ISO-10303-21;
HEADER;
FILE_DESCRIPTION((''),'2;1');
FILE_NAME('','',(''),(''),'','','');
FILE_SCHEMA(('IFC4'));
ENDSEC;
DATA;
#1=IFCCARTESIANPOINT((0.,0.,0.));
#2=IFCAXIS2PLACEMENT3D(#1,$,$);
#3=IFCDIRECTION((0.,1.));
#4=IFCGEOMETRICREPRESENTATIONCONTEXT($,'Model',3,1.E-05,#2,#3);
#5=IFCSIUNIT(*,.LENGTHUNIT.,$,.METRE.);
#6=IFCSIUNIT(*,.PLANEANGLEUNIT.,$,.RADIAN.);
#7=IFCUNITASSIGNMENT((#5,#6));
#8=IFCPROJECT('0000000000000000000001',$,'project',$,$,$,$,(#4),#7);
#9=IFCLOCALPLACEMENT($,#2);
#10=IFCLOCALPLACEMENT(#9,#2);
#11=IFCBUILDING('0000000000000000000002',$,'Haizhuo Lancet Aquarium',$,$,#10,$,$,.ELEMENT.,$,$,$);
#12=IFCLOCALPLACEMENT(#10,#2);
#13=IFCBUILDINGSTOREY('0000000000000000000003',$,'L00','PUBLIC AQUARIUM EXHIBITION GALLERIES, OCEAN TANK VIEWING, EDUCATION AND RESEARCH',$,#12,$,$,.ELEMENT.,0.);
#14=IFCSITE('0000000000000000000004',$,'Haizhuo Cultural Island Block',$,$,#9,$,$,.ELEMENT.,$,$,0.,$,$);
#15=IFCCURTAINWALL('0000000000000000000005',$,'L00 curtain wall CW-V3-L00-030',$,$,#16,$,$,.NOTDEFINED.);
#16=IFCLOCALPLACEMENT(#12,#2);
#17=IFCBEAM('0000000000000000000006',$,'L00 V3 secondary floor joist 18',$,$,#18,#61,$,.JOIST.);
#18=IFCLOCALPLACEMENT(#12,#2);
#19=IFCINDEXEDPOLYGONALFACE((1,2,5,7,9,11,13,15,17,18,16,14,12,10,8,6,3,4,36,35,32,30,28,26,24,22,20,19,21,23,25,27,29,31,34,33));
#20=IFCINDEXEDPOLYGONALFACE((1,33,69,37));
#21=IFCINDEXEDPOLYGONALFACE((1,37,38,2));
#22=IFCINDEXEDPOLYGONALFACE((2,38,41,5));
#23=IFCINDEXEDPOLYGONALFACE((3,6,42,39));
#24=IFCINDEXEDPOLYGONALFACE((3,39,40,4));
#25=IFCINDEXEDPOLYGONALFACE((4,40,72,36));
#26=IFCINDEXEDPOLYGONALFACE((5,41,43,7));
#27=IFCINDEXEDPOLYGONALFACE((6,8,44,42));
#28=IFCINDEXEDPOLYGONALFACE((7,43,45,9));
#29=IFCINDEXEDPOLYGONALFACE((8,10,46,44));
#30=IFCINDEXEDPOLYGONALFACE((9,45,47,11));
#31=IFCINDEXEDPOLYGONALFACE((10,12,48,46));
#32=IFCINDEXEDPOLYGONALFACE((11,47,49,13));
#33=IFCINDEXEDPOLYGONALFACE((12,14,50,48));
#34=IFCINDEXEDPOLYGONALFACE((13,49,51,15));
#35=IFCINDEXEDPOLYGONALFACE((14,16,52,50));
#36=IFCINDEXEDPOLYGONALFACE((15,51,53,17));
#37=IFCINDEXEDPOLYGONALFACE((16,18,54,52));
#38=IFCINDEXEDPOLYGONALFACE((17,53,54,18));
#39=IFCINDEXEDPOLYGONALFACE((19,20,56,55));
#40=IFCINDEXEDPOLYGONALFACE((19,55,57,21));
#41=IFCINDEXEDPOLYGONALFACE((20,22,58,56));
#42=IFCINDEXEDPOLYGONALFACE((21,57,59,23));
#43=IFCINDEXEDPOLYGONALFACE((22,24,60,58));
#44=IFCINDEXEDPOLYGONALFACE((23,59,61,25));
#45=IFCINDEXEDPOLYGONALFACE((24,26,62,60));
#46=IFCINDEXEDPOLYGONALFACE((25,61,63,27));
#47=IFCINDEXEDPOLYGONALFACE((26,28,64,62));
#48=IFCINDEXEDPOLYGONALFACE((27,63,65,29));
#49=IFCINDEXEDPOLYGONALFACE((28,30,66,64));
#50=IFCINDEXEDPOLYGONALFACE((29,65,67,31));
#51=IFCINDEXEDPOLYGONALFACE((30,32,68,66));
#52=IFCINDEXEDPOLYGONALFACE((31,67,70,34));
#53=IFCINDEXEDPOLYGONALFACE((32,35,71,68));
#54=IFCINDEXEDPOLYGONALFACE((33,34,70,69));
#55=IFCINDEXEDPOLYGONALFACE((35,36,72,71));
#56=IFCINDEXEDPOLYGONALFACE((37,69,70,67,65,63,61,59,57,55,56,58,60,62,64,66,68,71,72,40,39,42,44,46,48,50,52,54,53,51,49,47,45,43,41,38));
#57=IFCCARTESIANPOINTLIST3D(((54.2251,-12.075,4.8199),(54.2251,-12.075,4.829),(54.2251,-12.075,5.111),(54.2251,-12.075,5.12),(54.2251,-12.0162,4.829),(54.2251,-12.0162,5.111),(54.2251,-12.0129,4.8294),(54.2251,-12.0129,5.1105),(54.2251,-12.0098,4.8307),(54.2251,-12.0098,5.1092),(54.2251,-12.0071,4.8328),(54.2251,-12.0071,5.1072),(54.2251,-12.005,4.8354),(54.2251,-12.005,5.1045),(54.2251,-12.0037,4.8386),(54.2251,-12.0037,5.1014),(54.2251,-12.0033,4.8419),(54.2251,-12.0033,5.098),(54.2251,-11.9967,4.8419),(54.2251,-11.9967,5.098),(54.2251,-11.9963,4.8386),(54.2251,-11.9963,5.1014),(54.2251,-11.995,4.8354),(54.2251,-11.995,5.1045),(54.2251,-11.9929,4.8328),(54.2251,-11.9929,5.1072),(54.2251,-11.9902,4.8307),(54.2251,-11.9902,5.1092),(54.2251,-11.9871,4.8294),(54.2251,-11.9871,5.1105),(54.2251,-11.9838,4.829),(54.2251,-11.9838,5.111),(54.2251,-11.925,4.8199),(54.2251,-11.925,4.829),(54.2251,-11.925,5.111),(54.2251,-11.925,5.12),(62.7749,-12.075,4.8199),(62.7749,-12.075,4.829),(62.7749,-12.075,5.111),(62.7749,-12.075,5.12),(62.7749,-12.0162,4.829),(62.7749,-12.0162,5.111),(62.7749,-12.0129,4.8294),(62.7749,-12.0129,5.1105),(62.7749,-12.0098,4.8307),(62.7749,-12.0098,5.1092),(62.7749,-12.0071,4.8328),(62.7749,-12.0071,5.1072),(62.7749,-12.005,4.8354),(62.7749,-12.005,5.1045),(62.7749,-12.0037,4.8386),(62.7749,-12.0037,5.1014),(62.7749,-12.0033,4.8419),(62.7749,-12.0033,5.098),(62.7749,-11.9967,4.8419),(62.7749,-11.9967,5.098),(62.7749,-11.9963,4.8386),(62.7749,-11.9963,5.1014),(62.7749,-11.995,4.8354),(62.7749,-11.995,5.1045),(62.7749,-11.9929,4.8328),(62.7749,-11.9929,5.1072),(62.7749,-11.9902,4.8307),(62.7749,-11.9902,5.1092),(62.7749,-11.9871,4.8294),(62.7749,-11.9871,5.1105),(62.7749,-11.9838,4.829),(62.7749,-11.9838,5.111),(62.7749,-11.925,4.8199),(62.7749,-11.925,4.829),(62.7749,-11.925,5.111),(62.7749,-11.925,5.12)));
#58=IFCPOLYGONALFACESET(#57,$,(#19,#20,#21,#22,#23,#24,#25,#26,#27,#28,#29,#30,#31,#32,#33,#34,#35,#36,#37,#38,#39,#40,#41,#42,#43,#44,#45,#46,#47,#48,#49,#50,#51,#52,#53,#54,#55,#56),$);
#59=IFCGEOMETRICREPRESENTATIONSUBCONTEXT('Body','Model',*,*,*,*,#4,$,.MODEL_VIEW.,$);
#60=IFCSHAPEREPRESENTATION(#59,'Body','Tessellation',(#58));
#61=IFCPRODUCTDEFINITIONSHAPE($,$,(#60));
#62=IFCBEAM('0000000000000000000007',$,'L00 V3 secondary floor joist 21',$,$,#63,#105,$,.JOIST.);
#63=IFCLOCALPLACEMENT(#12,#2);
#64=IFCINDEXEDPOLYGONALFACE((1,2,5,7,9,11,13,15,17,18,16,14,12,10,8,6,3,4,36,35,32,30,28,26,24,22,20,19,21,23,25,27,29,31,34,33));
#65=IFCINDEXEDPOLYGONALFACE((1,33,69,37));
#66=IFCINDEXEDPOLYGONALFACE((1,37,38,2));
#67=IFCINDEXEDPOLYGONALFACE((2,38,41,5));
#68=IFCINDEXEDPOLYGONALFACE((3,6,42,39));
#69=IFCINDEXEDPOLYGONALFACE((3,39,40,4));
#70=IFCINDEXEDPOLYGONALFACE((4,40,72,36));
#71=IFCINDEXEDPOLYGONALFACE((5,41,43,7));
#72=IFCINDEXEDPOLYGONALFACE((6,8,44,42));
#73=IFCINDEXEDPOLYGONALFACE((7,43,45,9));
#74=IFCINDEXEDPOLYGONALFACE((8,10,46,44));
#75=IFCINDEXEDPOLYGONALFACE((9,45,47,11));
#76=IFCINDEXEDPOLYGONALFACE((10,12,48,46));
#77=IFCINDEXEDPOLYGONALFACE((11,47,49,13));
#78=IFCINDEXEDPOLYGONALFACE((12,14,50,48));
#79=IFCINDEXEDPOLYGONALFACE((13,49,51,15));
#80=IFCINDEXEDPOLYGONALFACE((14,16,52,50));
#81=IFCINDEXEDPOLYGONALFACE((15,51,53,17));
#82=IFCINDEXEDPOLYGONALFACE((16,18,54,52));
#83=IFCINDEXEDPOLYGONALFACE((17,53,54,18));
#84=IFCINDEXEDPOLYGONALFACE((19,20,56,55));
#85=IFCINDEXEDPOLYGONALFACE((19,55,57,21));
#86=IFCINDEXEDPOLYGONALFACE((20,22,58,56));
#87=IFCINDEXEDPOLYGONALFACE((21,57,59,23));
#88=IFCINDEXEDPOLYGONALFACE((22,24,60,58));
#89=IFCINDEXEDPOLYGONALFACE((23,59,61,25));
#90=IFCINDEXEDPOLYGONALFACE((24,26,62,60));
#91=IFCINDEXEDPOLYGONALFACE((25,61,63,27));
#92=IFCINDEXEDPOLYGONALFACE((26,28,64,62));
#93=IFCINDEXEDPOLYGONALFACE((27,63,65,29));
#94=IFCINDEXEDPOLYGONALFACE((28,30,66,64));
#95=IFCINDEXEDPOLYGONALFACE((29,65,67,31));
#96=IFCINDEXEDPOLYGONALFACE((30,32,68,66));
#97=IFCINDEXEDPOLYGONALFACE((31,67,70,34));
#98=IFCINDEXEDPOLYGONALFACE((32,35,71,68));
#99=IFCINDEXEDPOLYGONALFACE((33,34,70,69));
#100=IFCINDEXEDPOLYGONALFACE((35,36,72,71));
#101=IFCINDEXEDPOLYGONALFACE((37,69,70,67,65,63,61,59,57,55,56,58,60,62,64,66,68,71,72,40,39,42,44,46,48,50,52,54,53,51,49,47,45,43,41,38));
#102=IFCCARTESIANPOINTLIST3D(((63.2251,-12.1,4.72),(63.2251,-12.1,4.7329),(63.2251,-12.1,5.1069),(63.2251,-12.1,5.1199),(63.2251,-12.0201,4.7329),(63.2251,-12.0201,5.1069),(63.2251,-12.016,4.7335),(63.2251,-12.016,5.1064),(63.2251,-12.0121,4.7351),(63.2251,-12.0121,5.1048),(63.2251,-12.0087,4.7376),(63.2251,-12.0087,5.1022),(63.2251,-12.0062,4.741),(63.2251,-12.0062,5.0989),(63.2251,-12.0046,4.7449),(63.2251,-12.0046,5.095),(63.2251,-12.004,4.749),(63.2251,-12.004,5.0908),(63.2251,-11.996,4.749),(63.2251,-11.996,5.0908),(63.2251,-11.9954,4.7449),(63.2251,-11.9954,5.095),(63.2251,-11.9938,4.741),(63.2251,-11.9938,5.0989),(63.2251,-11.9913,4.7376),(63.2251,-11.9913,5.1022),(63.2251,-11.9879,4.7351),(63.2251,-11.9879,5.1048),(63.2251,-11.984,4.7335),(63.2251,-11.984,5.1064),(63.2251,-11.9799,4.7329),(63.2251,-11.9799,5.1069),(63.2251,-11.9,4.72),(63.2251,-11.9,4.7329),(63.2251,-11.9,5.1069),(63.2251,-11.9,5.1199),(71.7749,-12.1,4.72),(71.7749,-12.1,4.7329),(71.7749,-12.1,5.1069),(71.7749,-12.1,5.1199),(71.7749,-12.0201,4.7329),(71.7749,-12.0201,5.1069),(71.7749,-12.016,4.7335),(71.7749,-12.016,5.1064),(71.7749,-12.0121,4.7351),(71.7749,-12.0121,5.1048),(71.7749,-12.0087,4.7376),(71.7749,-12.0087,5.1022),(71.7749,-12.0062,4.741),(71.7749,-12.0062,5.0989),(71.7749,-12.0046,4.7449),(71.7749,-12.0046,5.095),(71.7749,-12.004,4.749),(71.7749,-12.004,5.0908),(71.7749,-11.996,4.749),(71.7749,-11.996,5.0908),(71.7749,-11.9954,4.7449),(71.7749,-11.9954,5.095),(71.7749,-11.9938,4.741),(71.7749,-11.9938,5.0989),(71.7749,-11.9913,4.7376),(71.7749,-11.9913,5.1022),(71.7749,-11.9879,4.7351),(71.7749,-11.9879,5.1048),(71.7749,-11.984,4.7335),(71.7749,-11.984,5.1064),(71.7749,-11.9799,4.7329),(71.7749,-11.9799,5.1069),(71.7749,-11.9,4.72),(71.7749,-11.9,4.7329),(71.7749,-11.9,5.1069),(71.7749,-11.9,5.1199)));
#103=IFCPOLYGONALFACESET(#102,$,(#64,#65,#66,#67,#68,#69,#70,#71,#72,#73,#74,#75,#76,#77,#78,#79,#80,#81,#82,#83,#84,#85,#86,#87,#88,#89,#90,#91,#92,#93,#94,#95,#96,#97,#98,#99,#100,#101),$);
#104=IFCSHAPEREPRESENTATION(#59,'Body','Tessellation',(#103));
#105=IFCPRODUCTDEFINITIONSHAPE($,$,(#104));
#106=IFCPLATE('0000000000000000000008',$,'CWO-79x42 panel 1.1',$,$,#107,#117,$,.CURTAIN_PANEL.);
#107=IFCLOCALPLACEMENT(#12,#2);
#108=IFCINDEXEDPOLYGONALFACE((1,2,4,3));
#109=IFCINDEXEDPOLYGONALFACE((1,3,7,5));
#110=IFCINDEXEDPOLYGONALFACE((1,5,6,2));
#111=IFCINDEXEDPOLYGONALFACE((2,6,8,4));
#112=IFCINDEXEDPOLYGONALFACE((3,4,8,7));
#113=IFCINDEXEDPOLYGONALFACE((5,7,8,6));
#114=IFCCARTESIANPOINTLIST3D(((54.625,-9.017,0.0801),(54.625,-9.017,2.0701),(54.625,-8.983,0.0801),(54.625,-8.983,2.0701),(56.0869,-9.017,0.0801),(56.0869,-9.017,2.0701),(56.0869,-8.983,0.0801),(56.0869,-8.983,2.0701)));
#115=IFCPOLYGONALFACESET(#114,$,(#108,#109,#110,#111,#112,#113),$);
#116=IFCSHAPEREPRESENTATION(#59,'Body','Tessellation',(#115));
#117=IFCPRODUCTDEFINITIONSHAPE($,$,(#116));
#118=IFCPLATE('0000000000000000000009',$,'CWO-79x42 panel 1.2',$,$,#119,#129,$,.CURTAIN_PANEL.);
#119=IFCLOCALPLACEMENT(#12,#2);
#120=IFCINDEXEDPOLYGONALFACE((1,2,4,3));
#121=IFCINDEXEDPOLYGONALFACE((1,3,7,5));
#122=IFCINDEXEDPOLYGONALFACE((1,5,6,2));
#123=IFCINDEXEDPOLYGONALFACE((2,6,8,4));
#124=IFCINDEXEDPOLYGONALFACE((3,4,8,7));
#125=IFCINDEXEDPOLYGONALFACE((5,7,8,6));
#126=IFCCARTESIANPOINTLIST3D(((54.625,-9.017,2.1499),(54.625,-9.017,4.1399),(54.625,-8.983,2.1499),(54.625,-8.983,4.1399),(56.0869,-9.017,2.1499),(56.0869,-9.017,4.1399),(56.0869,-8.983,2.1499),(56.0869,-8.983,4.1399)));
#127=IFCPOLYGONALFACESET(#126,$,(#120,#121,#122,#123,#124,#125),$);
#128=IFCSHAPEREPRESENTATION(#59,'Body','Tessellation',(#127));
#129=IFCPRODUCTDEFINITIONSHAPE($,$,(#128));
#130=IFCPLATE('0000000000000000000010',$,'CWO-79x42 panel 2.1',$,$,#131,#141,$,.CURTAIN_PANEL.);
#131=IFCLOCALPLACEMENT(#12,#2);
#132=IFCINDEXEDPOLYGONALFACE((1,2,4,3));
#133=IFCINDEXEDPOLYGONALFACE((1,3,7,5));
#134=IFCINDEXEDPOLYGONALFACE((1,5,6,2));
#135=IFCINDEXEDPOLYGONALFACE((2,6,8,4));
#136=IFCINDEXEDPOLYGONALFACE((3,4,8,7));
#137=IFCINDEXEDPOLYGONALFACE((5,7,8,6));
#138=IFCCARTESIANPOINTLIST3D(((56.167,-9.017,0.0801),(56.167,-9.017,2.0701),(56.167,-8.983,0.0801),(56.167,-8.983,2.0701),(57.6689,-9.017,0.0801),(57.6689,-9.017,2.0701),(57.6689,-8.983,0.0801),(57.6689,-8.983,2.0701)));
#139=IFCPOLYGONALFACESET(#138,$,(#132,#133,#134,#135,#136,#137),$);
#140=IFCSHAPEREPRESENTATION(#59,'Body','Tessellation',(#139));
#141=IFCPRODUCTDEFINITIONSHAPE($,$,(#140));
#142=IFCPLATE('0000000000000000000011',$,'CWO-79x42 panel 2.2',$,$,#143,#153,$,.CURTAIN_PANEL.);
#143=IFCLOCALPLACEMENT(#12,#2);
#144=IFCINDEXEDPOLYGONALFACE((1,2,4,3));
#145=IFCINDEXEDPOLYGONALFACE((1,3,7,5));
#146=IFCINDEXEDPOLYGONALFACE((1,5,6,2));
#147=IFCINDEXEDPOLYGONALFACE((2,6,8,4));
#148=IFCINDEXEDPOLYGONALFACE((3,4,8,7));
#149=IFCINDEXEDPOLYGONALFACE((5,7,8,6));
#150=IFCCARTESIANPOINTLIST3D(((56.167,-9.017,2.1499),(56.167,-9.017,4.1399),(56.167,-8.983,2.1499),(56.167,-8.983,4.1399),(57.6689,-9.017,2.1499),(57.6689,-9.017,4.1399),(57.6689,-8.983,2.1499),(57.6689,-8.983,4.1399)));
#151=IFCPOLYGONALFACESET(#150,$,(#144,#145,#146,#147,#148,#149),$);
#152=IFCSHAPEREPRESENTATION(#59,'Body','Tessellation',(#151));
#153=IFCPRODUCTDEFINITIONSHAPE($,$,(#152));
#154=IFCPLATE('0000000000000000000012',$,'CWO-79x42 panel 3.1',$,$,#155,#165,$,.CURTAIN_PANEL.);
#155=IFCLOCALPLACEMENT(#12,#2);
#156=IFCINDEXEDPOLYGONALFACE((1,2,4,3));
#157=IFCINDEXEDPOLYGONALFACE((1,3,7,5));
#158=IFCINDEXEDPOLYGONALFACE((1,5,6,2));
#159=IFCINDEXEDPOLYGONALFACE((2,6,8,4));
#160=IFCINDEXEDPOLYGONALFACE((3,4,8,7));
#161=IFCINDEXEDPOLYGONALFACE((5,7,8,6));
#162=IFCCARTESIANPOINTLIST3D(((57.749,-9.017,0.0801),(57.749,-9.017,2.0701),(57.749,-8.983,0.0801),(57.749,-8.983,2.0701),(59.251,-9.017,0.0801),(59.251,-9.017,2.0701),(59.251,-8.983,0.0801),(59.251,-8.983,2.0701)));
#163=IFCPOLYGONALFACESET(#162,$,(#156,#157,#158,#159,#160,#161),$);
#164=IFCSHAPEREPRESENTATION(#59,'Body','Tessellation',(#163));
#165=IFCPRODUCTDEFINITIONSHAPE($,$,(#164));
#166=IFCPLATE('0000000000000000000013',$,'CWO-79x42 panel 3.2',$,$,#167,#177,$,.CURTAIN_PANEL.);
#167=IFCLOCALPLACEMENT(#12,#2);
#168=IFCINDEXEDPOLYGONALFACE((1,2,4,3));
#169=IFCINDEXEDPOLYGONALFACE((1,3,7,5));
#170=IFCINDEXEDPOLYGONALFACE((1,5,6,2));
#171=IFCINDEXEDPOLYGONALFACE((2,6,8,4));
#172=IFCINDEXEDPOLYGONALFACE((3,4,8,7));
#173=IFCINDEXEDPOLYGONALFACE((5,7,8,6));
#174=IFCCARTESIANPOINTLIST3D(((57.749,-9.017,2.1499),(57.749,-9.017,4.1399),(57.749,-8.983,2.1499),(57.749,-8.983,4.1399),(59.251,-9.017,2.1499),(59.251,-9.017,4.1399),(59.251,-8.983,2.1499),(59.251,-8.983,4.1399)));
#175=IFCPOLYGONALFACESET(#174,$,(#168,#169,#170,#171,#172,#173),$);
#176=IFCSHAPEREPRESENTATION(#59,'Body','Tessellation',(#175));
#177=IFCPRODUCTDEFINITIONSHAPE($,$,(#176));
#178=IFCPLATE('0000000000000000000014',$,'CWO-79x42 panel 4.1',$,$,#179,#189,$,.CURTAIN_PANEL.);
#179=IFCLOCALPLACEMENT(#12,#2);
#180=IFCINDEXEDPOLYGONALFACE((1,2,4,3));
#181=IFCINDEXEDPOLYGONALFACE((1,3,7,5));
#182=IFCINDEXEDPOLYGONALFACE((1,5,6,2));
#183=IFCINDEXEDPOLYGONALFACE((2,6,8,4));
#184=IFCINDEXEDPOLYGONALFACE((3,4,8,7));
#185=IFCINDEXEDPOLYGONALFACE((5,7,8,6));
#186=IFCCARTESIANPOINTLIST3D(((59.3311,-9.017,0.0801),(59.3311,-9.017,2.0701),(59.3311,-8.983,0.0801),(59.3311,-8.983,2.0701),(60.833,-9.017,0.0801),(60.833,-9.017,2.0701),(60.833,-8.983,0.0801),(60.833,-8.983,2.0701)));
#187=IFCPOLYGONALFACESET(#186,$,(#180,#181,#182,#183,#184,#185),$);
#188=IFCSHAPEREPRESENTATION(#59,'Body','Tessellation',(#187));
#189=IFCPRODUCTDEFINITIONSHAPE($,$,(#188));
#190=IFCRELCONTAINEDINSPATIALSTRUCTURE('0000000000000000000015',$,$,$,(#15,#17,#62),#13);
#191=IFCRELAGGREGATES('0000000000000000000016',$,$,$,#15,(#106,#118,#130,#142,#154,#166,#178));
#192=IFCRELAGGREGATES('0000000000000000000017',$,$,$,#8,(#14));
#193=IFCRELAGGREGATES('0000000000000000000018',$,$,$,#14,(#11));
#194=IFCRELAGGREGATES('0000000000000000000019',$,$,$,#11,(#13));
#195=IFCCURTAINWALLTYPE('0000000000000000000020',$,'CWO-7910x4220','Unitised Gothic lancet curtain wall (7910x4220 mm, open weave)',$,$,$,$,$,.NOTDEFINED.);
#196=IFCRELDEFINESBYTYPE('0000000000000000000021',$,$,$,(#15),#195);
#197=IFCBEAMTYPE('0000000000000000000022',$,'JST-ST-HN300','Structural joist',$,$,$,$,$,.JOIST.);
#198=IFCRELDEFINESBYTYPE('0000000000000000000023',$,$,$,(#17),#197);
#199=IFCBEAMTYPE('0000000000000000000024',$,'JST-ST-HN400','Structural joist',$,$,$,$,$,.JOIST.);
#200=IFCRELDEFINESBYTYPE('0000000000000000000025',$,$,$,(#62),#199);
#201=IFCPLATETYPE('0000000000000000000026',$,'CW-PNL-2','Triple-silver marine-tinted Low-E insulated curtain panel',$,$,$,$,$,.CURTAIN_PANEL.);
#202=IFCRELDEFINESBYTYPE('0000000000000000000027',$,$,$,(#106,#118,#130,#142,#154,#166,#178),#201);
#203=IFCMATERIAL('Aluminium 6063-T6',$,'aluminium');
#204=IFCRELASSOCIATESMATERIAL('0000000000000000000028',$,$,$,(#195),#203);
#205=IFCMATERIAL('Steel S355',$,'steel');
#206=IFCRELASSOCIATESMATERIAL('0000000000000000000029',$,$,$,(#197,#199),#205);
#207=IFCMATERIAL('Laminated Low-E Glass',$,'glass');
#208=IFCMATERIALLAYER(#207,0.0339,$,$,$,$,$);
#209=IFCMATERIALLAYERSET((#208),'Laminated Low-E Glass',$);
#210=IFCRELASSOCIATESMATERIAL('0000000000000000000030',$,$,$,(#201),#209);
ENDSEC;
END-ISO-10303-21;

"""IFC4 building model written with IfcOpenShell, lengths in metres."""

from ifc_helpers import new_model, si_unit, direction, frame, origin, origin_2d, place, context, subcontext, project, spatial, rectangle, i_section, extrude, material, layer, layer_set, material_profile, profile_set, type_object, element, aggregate, save


model = new_model("IFC4")

# Units and contexts
model_context = context("Model", 3, precision=1e-05, world=origin(), true_north=direction((0.0, 1.0)))
body_context = subcontext(model_context, "Body", "Model", "MODEL_VIEW")
ifc_project = project(units=[si_unit("LENGTHUNIT", "METRE"), si_unit("PLANEANGLEUNIT", "RADIAN")], contexts=[model_context])

# Site, building, storey
site_placement = place(None, origin())
site = spatial("IfcSite", under=ifc_project, at=site_placement, Name="Haizhuo Cultural Island Block", CompositionType="ELEMENT", RefElevation=0.0)
building_placement = place(site_placement, origin())
building = spatial("IfcBuilding", under=site, at=building_placement, Name="Haizhuo Lancet Aquarium", CompositionType="ELEMENT")
storey_placement = place(building_placement, origin())
storey = spatial("IfcBuildingStorey", under=building, at=storey_placement, Name="L00", Description="PUBLIC AQUARIUM EXHIBITION GALLERIES, OCEAN TANK VIEWING, EDUCATION AND RESEARCH", CompositionType="ELEMENT", Elevation=0.0)

# Shared definitions
ifc_material_1 = material(Name="Steel S355", Category="steel")

# Curtain wall
ifc_material_2 = material(Name="Aluminium 6063-T6", Category="aluminium")
curtain_wall_type = type_object("IfcCurtainWallType", Name="CWO-7910x4220", Description="Unitised Gothic lancet curtain wall (7910x4220 mm, open weave)", PredefinedType="NOTDEFINED", material=ifc_material_2)
curtain_wall_placement = place(storey_placement, origin())
curtain_wall = element("IfcCurtainWall", 1, at=curtain_wall_placement, inside=storey, type_object=curtain_wall_type, Name="L00 curtain wall CW-V3-L00-030", PredefinedType="NOTDEFINED")

# Beams
ifc_material_profile_1 = material_profile(ifc_material_1, i_section(OverallWidth=0.1499, OverallDepth=0.3, WebThickness=0.0066, FlangeThickness=0.009, FilletRadius=0.0129, at=origin_2d()), Name="HN 300x150x6.5x9")
ifc_profile_set_1 = profile_set([ifc_material_profile_1], Name="Steel S355")
beam_type_1 = type_object("IfcBeamType", Name="JST-ST-HN300", Description="Structural joist", PredefinedType="JOIST", material=ifc_profile_set_1)
beam_1_placement = place(storey_placement, frame((54.2251, -12.0, 4.97), z_axis=(1.0, 0.0, 0.0), x_axis=(0.0, 1.0, 0.0)))
element("IfcBeam", 2, at=beam_1_placement, inside=storey, type_object=beam_type_1, Name="L00 V3 secondary floor joist 18", PredefinedType="JOIST", context=body_context, shape_type="SweptSolid", body=[
    extrude(i_section(OverallWidth=0.1499, OverallDepth=0.3, WebThickness=0.0066, FlangeThickness=0.009, FilletRadius=0.0129, at=origin_2d()), origin(), (0.0, 0.0, 1.0), 8.5498),
])
ifc_material_profile_2 = material_profile(ifc_material_1, i_section(OverallWidth=0.2, OverallDepth=0.3999, WebThickness=0.0081, FlangeThickness=0.0129, FilletRadius=0.0161, at=origin_2d()), Name="HN 400x200x8x13")
ifc_profile_set_2 = profile_set([ifc_material_profile_2], Name="Steel S355")
beam_type_2 = type_object("IfcBeamType", Name="JST-ST-HN400", Description="Structural joist", PredefinedType="JOIST", material=ifc_profile_set_2)
beam_2_placement = place(storey_placement, frame((63.2251, -12.0, 4.9199), z_axis=(1.0, 0.0, 0.0), x_axis=(0.0, 1.0, 0.0)))
element("IfcBeam", 3, at=beam_2_placement, inside=storey, type_object=beam_type_2, Name="L00 V3 secondary floor joist 21", PredefinedType="JOIST", context=body_context, shape_type="SweptSolid", body=[
    extrude(i_section(OverallWidth=0.2, OverallDepth=0.3999, WebThickness=0.0081, FlangeThickness=0.0129, FilletRadius=0.0161, at=origin_2d()), origin(), (0.0, 0.0, 1.0), 8.5498),
])

# Plates
ifc_material_3 = material(Name="Laminated Low-E Glass", Category="glass")
ifc_layer_1 = layer(ifc_material_3, 0.0339)
ifc_layer_set_1 = layer_set([ifc_layer_1], Name="Laminated Low-E Glass")
plate_type = type_object("IfcPlateType", Name="CW-PNL-2", Description="Triple-silver marine-tinted Low-E insulated curtain panel", PredefinedType="CURTAIN_PANEL", material=ifc_layer_set_1)
plate_1_placement = place(storey_placement, frame((55.356, -9.0, 0.0801), z_axis=(0.0, 0.0, 1.0), x_axis=(1.0, 0.0, 0.0)))
plate_1 = element("IfcPlate", 4, at=plate_1_placement, type_object=plate_type, Name="CWO-79x42 panel 1.1", PredefinedType="CURTAIN_PANEL", context=body_context, shape_type="SweptSolid", body=[
    extrude(rectangle(XDim=1.4619, YDim=0.0339, at=origin_2d()), origin(), (0.0, 0.0, 1.0), 1.99),
])
plate_2_placement = place(storey_placement, frame((55.356, -9.0, 2.1499), z_axis=(0.0, 0.0, 1.0), x_axis=(1.0, 0.0, 0.0)))
plate_2 = element("IfcPlate", 5, at=plate_2_placement, type_object=plate_type, Name="CWO-79x42 panel 1.2", PredefinedType="CURTAIN_PANEL", context=body_context, shape_type="SweptSolid", body=[
    extrude(rectangle(XDim=1.4619, YDim=0.0339, at=origin_2d()), origin(), (0.0, 0.0, 1.0), 1.99),
])
plate_3_placement = place(storey_placement, frame((56.918, -9.0, 0.0801), z_axis=(0.0, 0.0, 1.0), x_axis=(1.0, 0.0, 0.0)))
plate_3 = element("IfcPlate", 6, at=plate_3_placement, type_object=plate_type, Name="CWO-79x42 panel 2.1", PredefinedType="CURTAIN_PANEL", context=body_context, shape_type="SweptSolid", body=[
    extrude(rectangle(XDim=1.502, YDim=0.0339, at=origin_2d()), origin(), (0.0, 0.0, 1.0), 1.99),
])
plate_4_placement = place(storey_placement, frame((56.918, -9.0, 2.1499), z_axis=(0.0, 0.0, 1.0), x_axis=(1.0, 0.0, 0.0)))
plate_4 = element("IfcPlate", 7, at=plate_4_placement, type_object=plate_type, Name="CWO-79x42 panel 2.2", PredefinedType="CURTAIN_PANEL", context=body_context, shape_type="SweptSolid", body=[
    extrude(rectangle(XDim=1.502, YDim=0.0339, at=origin_2d()), origin(), (0.0, 0.0, 1.0), 1.99),
])
plate_5_placement = place(storey_placement, frame((58.5, -9.0, 0.0801), z_axis=(0.0, 0.0, 1.0), x_axis=(1.0, 0.0, 0.0)))
plate_5 = element("IfcPlate", 8, at=plate_5_placement, type_object=plate_type, Name="CWO-79x42 panel 3.1", PredefinedType="CURTAIN_PANEL", context=body_context, shape_type="SweptSolid", body=[
    extrude(rectangle(XDim=1.502, YDim=0.0339, at=origin_2d()), origin(), (0.0, 0.0, 1.0), 1.99),
])
plate_6_placement = place(storey_placement, frame((58.5, -9.0, 2.1499), z_axis=(0.0, 0.0, 1.0), x_axis=(1.0, 0.0, 0.0)))
plate_6 = element("IfcPlate", 9, at=plate_6_placement, type_object=plate_type, Name="CWO-79x42 panel 3.2", PredefinedType="CURTAIN_PANEL", context=body_context, shape_type="SweptSolid", body=[
    extrude(rectangle(XDim=1.502, YDim=0.0339, at=origin_2d()), origin(), (0.0, 0.0, 1.0), 1.99),
])
plate_7_placement = place(storey_placement, frame((60.082, -9.0, 0.0801), z_axis=(0.0, 0.0, 1.0), x_axis=(1.0, 0.0, 0.0)))
plate_7 = element("IfcPlate", 10, at=plate_7_placement, type_object=plate_type, Name="CWO-79x42 panel 4.1", PredefinedType="CURTAIN_PANEL", context=body_context, shape_type="SweptSolid", body=[
    extrude(rectangle(XDim=1.502, YDim=0.0339, at=origin_2d()), origin(), (0.0, 0.0, 1.0), 1.99),
])
aggregate(curtain_wall, [plate_1, plate_2, plate_3, plate_4, plate_5, plate_6, plate_7])

save(model, "model.ifc")
